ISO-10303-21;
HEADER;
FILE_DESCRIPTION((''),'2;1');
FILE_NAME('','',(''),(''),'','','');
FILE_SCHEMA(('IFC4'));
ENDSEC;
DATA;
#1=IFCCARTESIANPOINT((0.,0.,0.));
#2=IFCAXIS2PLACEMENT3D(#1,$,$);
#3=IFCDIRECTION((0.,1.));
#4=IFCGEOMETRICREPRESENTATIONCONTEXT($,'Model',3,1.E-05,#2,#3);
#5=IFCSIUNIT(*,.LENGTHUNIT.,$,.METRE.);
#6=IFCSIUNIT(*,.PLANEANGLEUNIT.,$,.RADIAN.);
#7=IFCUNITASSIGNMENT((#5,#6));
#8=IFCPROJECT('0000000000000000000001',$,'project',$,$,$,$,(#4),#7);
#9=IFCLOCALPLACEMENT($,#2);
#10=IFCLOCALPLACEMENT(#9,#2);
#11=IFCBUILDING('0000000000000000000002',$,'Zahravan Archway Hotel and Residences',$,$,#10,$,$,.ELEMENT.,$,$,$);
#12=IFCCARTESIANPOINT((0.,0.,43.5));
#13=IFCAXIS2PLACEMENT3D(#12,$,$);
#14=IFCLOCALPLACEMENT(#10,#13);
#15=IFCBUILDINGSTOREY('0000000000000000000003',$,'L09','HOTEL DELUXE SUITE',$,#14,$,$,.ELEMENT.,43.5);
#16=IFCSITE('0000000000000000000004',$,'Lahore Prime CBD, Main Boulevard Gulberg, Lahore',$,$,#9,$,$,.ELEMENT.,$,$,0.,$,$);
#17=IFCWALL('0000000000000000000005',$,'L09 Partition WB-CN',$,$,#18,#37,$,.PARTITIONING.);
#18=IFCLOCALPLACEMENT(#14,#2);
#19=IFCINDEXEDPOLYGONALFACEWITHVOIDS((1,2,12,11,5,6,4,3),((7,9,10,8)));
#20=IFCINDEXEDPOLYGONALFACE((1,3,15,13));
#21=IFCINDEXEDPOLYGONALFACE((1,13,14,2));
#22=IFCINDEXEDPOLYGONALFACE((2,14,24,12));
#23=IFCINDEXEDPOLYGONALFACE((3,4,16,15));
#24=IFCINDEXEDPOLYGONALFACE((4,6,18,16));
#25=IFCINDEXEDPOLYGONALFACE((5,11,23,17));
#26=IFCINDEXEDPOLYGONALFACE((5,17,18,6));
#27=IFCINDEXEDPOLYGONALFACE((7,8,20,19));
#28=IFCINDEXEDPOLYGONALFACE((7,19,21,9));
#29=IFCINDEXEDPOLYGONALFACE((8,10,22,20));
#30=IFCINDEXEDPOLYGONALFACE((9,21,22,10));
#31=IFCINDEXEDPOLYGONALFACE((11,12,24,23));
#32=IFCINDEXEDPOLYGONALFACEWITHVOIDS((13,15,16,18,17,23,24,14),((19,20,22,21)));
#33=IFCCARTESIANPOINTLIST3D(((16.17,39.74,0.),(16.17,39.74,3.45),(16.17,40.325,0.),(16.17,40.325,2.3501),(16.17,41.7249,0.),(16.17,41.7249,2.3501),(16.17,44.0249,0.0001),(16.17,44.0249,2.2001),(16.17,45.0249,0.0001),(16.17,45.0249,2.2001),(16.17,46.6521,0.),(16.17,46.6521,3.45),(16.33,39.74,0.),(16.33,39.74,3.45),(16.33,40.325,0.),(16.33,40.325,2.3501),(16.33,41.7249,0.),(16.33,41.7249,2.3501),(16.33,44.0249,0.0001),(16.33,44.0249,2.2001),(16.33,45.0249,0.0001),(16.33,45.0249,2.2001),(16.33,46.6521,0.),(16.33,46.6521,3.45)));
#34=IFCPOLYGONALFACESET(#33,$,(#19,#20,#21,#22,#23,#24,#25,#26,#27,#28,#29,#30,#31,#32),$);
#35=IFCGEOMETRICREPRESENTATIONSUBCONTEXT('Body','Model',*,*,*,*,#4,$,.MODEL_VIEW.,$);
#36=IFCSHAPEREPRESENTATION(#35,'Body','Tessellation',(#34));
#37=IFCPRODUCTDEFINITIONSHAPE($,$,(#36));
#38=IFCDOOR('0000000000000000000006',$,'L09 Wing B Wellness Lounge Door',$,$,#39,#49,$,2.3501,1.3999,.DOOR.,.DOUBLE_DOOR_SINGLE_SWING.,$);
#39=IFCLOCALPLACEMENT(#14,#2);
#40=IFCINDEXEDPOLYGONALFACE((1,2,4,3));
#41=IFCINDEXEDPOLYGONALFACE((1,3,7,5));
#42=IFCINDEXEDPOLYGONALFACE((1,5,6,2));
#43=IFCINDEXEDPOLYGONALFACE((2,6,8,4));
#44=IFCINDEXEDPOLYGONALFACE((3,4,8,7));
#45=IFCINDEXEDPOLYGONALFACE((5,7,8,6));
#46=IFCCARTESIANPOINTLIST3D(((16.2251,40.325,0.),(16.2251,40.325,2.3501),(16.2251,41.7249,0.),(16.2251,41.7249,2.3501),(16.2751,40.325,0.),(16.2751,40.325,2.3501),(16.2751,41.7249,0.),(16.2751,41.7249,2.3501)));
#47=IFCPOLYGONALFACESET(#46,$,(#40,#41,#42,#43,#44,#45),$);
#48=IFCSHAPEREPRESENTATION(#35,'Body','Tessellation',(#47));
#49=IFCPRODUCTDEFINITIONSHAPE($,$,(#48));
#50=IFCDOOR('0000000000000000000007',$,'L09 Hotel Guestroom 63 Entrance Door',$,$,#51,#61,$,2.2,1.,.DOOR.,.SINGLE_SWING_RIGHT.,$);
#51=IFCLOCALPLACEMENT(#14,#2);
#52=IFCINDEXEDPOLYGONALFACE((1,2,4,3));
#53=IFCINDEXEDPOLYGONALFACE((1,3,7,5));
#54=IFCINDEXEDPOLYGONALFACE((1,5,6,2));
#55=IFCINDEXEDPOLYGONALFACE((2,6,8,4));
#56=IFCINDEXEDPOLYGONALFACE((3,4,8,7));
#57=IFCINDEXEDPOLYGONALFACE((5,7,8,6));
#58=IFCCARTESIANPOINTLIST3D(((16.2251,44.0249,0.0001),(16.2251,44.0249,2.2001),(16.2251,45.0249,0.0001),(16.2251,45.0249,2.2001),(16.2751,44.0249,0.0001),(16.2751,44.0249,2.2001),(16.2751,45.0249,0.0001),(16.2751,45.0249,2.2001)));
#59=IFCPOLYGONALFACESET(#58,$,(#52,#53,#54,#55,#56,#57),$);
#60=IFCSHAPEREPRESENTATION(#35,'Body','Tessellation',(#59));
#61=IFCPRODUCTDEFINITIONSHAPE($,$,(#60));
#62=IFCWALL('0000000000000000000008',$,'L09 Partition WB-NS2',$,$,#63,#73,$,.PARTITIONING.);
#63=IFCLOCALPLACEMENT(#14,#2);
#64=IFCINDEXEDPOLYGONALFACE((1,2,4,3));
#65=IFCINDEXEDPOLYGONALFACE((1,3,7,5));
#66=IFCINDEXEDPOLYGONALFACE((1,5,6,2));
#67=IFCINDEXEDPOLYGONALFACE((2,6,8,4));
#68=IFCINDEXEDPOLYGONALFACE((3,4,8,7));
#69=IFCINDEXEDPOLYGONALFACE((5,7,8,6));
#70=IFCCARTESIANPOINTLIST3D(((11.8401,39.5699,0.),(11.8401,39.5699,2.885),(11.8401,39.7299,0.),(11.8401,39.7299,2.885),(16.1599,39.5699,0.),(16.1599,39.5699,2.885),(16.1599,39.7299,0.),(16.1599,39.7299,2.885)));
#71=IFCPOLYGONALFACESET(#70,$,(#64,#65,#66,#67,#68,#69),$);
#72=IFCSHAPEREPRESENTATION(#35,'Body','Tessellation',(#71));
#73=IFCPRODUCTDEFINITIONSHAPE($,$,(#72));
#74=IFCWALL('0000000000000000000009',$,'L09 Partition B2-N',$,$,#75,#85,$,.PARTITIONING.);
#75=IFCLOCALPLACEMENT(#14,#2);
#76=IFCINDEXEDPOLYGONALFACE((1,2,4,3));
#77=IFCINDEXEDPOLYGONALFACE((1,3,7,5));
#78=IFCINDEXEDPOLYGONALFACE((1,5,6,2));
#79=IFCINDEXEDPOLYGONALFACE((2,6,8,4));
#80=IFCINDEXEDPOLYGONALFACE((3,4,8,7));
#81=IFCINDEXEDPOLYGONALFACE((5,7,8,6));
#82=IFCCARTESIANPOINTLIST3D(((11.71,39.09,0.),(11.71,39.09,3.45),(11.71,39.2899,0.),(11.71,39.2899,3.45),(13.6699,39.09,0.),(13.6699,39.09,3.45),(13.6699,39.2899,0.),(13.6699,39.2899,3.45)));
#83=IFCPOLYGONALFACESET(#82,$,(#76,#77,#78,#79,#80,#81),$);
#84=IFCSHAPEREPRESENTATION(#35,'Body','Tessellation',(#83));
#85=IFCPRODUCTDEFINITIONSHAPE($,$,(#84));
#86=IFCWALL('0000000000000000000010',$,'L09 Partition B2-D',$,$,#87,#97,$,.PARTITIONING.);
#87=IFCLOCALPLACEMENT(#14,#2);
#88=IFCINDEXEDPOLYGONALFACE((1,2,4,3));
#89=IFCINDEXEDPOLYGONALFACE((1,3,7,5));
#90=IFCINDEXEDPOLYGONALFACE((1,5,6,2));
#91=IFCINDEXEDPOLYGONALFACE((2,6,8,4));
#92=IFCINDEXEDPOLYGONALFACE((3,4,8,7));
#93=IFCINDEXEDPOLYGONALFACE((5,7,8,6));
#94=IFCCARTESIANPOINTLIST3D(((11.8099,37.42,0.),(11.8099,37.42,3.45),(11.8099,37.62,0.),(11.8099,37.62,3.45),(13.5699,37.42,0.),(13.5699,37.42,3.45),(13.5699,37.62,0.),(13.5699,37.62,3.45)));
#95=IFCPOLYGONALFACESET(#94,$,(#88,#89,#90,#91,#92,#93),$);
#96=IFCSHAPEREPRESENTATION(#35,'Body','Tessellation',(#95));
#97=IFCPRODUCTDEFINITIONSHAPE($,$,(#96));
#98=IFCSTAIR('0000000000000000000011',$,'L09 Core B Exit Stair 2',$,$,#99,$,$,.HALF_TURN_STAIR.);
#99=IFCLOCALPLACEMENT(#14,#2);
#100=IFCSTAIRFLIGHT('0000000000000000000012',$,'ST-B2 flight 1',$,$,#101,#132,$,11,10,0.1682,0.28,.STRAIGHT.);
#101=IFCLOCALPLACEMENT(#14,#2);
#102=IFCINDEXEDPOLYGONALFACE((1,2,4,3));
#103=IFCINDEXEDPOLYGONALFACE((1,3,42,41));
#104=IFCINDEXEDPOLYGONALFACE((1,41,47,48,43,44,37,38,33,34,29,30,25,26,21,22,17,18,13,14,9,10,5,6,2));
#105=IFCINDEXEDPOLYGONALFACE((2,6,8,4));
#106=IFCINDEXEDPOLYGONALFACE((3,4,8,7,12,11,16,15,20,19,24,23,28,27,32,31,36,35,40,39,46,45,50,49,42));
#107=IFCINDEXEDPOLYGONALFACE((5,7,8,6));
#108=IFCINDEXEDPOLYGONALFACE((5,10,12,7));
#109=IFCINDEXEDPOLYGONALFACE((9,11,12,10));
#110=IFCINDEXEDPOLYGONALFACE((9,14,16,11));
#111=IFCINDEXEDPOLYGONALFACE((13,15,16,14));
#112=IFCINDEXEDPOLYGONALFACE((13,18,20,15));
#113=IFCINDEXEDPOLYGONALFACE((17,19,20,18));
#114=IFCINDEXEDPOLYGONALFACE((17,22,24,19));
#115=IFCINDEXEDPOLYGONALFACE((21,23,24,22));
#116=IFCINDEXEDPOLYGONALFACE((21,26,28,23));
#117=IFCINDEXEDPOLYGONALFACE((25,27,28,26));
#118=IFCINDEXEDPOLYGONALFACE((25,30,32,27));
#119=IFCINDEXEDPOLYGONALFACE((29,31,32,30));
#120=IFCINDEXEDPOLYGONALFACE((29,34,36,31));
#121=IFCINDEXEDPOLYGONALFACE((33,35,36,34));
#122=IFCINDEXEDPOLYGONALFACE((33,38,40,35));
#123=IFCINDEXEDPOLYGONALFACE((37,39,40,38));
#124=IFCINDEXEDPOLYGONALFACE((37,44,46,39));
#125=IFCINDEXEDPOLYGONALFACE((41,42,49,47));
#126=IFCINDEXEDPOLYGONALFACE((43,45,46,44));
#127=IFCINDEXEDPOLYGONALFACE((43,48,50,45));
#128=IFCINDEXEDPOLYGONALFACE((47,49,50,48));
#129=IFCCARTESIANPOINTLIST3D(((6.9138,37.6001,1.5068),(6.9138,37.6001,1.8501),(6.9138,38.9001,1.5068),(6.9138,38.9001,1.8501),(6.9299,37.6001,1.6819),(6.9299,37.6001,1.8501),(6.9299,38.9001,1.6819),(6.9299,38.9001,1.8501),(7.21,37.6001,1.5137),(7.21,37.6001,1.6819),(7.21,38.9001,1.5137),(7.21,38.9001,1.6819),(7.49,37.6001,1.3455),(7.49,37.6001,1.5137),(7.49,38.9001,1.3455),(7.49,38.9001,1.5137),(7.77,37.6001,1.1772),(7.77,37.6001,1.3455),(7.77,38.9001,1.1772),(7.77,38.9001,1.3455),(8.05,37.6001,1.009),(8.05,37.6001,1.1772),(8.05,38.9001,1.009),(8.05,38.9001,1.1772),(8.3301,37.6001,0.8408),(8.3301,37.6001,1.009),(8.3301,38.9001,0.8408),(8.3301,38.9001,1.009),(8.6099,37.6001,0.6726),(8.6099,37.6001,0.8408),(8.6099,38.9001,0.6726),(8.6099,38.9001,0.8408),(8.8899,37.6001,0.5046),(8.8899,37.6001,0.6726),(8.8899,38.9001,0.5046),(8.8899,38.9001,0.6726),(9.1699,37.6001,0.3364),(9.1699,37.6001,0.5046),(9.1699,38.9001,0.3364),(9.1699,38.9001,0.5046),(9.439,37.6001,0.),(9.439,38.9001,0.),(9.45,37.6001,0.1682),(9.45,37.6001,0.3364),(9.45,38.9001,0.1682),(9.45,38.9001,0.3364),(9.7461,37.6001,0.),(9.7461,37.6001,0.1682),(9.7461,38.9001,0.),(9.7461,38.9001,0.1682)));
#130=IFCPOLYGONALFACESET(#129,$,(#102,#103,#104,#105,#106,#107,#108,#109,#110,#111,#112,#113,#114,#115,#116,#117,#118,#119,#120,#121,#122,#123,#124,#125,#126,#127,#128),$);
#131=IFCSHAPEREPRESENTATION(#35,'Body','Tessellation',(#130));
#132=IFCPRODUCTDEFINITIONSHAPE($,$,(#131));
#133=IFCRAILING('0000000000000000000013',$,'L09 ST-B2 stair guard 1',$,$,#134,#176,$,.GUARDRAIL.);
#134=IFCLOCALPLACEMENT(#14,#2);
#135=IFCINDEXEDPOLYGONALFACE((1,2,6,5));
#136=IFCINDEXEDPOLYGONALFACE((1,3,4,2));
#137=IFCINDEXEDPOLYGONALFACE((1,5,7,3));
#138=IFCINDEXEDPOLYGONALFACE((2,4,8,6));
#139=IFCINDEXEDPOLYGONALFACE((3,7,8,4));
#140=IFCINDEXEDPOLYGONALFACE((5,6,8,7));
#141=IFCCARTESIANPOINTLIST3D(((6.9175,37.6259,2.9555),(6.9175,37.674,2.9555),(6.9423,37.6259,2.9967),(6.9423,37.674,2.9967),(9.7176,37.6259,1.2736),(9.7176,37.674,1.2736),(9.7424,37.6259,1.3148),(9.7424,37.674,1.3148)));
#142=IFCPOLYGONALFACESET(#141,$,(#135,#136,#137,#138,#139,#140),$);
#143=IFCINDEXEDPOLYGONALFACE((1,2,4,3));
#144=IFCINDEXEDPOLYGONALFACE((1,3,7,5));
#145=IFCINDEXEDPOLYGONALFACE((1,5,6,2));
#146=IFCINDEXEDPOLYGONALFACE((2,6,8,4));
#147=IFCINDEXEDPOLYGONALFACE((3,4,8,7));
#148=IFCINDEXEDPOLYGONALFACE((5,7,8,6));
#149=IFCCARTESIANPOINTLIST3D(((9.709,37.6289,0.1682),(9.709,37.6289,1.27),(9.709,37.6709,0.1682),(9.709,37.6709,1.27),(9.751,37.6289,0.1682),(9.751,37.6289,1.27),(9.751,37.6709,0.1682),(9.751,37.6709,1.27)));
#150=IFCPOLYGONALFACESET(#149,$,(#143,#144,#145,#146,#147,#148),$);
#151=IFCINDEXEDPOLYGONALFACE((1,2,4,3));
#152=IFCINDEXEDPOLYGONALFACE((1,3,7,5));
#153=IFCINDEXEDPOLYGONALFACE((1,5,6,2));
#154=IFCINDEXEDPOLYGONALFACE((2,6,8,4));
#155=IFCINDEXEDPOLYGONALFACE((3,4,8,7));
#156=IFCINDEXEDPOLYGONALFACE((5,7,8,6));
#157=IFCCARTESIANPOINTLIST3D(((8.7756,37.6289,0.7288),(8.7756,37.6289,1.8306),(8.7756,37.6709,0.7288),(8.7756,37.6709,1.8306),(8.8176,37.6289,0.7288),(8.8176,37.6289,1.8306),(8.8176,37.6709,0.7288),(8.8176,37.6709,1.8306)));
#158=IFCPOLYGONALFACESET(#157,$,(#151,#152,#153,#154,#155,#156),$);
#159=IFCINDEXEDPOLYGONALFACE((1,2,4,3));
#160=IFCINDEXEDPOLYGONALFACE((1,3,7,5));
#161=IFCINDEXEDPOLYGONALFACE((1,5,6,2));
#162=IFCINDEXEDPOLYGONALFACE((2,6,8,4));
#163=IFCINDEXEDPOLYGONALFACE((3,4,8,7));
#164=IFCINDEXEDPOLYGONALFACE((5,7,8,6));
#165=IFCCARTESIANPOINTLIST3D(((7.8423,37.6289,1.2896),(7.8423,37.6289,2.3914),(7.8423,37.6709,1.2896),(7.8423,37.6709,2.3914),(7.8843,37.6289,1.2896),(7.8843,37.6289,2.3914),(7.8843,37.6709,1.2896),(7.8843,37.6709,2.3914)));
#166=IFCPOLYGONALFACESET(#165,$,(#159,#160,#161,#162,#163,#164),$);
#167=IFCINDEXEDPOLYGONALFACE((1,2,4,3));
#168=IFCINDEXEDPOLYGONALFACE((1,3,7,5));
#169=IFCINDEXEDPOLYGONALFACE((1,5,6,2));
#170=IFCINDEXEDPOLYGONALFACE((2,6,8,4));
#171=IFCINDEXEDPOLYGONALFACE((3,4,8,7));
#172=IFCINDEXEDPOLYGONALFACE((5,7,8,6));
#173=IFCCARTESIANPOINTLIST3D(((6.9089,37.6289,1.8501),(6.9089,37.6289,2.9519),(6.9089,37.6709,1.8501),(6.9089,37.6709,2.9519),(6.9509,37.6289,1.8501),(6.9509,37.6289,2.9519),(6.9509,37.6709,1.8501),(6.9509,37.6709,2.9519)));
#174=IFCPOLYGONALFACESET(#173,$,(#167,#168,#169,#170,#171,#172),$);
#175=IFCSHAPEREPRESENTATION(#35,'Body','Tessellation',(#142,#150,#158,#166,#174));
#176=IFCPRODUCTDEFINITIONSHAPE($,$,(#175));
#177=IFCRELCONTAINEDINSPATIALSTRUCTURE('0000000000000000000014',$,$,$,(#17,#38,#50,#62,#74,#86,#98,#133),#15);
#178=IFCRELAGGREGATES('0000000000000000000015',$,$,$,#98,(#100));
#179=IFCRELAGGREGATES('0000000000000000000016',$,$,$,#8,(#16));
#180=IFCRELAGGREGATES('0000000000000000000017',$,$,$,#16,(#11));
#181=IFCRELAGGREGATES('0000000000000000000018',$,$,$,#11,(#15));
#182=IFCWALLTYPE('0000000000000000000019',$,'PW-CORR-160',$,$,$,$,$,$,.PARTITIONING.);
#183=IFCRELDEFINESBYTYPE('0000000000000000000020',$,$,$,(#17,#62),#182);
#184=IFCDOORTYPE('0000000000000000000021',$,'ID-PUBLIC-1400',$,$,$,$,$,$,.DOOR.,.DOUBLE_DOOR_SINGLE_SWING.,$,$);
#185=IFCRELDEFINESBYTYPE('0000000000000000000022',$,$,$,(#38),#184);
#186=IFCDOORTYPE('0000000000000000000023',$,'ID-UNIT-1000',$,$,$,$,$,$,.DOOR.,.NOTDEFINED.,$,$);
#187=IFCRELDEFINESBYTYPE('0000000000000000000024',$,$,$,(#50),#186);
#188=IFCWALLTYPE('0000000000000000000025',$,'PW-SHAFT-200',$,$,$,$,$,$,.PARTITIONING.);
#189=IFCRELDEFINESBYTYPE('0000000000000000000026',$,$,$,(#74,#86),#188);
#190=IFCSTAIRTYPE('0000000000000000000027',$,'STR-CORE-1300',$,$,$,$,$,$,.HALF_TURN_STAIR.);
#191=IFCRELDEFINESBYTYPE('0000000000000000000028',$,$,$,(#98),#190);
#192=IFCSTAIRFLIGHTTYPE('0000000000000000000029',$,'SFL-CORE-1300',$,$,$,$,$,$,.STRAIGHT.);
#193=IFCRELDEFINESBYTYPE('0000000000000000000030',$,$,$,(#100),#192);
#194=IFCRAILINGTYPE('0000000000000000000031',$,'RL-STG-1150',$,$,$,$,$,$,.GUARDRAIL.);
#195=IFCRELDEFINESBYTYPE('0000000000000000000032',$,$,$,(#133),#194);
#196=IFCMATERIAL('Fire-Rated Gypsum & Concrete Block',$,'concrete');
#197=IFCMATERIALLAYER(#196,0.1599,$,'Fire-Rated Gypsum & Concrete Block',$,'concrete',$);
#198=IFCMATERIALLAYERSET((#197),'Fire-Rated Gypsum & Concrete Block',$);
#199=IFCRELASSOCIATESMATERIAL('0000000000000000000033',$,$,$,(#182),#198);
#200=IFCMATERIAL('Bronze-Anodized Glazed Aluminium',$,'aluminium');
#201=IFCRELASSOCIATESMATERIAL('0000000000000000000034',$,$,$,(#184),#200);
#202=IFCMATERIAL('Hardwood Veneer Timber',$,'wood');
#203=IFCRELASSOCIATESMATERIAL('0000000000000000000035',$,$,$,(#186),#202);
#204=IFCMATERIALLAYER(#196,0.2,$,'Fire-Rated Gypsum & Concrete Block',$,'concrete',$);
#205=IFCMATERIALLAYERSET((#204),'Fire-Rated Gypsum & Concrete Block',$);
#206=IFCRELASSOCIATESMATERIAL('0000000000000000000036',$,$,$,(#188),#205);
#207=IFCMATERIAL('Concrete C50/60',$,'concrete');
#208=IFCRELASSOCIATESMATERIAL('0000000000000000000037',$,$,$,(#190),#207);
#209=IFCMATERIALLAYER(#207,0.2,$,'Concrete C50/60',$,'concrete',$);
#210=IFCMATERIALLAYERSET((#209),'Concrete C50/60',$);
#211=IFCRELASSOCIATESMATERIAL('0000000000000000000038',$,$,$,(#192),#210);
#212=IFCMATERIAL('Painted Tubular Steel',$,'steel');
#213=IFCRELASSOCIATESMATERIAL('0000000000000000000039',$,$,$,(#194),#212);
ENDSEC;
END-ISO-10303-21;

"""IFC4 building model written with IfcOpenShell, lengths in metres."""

from ifc_helpers import new_model, si_unit, direction, frame, frame_2d, origin, origin_2d, place, context, subcontext, project, spatial, polyline, rectangle, outline, extrude, source, transform, mapped, material, layer, layer_set, type_object, type_shapes, element, fill, aggregate, save


model = new_model("IFC4")

# Units and contexts
model_context = context("Model", 3, precision=1e-05, world=origin(), true_north=direction((0.0, 1.0)))
body_context = subcontext(model_context, "Body", "Model", "MODEL_VIEW")
ifc_project = project(units=[si_unit("LENGTHUNIT", "METRE"), si_unit("PLANEANGLEUNIT", "RADIAN")], contexts=[model_context])

# Site, building, storey
site_placement = place(None, origin())
site = spatial("IfcSite", under=ifc_project, at=site_placement, Name="Lahore Prime CBD, Main Boulevard Gulberg, Lahore", CompositionType="ELEMENT", RefElevation=0.0)
building_placement = place(site_placement, origin())
building = spatial("IfcBuilding", under=site, at=building_placement, Name="Zahravan Archway Hotel and Residences", CompositionType="ELEMENT")
storey_placement = place(building_placement, frame((0.0, 0.0, 43.5)))
storey = spatial("IfcBuildingStorey", under=building, at=storey_placement, Name="L09", Description="HOTEL DELUXE SUITE", CompositionType="ELEMENT", Elevation=43.5)

# Wall, openings, doors
ifc_material_1 = material(Name="Fire-Rated Gypsum & Concrete Block", Category="concrete")
ifc_layer_1 = layer(ifc_material_1, 0.1599, Name="Fire-Rated Gypsum & Concrete Block", Category="concrete")
ifc_layer_set_1 = layer_set([ifc_layer_1], Name="Fire-Rated Gypsum & Concrete Block")
wall_type_1 = type_object("IfcWallType", Name="PW-CORR-160", PredefinedType="PARTITIONING", material=ifc_layer_set_1)
wall_1_placement = place(storey_placement, frame((16.25, 39.74, 0.0), z_axis=(0.0, 0.0, 1.0), x_axis=(0.0, 1.0, 0.0)))
wall_1 = element("IfcWall", 1, at=wall_1_placement, inside=storey, type_object=wall_type_1, Name="L09 Partition WB-CN", PredefinedType="PARTITIONING", context=body_context, shape_type="SweptSolid", body=[
    extrude(rectangle(XDim=6.9121, YDim=0.1599, at=frame_2d((3.4561, 0.0))), origin(), (0.0, 0.0, 1.0), 3.45),
])
opening_1_placement = place(wall_1_placement, frame((0.585, 0.0, 0.0)))
opening_1 = element("IfcOpeningElement", 2, at=opening_1_placement, cuts=wall_1, PredefinedType="OPENING", context=body_context, shape_type="SweptSolid", body=[
    extrude(rectangle(XDim=1.3999, YDim=2.3501, at=frame_2d((0.7, 1.175))), frame((0.0, 0.0898, 0.0), z_axis=(0.0, -1.0, 0.0), x_axis=(1.0, 0.0, 0.0)), (0.0, 0.0, 1.0), 0.1799),
])
opening_2_placement = place(wall_1_placement, frame((4.2849, 0.0, 0.0)))
opening_2 = element("IfcOpeningElement", 3, at=opening_2_placement, cuts=wall_1, PredefinedType="OPENING", context=body_context, shape_type="SweptSolid", body=[
    extrude(rectangle(XDim=1.0, YDim=2.2, at=frame_2d((0.5, 1.1001))), frame((0.0, 0.0898, 0.0), z_axis=(0.0, -1.0, 0.0), x_axis=(1.0, 0.0, 0.0)), (0.0, 0.0, 1.0), 0.1799),
])
ifc_material_2 = material(Name="Bronze-Anodized Glazed Aluminium", Category="aluminium")
door_type_1 = type_object("IfcDoorType", Name="ID-PUBLIC-1400", OperationType="DOUBLE_DOOR_SINGLE_SWING", PredefinedType="DOOR", material=ifc_material_2)
shared_shape_1 = source(origin(), body_context, "Body", "SweptSolid", [
    extrude(rectangle(XDim=1.3999, YDim=2.3501, at=frame_2d((0.7, 1.175))), frame((0.0, 0.0249, 0.0), z_axis=(0.0, -1.0, 0.0), x_axis=(1.0, 0.0, 0.0)), (0.0, 0.0, 1.0), 0.05),
])
type_shapes(door_type_1, [shared_shape_1])
door_1_placement = place(opening_1_placement, origin())
door_1 = element("IfcDoor", 4, at=door_1_placement, inside=storey, type_object=door_type_1, Name="L09 Wing B Wellness Lounge Door", OperationType="DOUBLE_DOOR_SINGLE_SWING", OverallHeight=2.3501, OverallWidth=1.3999, PredefinedType="DOOR", context=body_context, shape_type="MappedRepresentation", body=[
    mapped(shared_shape_1, transform((0.0, 0.0, 0.0), scale=1.0)),
])
fill(opening_1, door_1)
ifc_material_3 = material(Name="Hardwood Veneer Timber", Category="wood")
door_type_2 = type_object("IfcDoorType", Name="ID-UNIT-1000", OperationType="NOTDEFINED", PredefinedType="DOOR", material=ifc_material_3)
shared_shape_2 = source(origin(), body_context, "Body", "SweptSolid", [
    extrude(rectangle(XDim=1.0, YDim=2.2, at=frame_2d((0.5, 1.1001))), frame((0.0, 0.0249, 0.0), z_axis=(0.0, -1.0, 0.0), x_axis=(1.0, 0.0, 0.0)), (0.0, 0.0, 1.0), 0.05),
])
type_shapes(door_type_2, [shared_shape_2])
door_2_placement = place(opening_2_placement, origin())
door_2 = element("IfcDoor", 5, at=door_2_placement, inside=storey, type_object=door_type_2, Name="L09 Hotel Guestroom 63 Entrance Door", OperationType="SINGLE_SWING_RIGHT", OverallHeight=2.2, OverallWidth=1.0, PredefinedType="DOOR", context=body_context, shape_type="MappedRepresentation", body=[
    mapped(shared_shape_2, transform((0.0, 0.0, 0.0), scale=1.0)),
])
fill(opening_2, door_2)

# Walls
wall_2_placement = place(storey_placement, frame((11.8401, 39.6499, 0.0), z_axis=(0.0, 0.0, 1.0), x_axis=(1.0, 0.0, 0.0)))
element("IfcWall", 6, at=wall_2_placement, inside=storey, type_object=wall_type_1, Name="L09 Partition WB-NS2", PredefinedType="PARTITIONING", context=body_context, shape_type="SweptSolid", body=[
    extrude(rectangle(XDim=4.3198, YDim=0.1599, at=frame_2d((2.1599, 0.0))), origin(), (0.0, 0.0, 1.0), 2.885),
])
ifc_layer_2 = layer(ifc_material_1, 0.2, Name="Fire-Rated Gypsum & Concrete Block", Category="concrete")
ifc_layer_set_2 = layer_set([ifc_layer_2], Name="Fire-Rated Gypsum & Concrete Block")
wall_type_2 = type_object("IfcWallType", Name="PW-SHAFT-200", PredefinedType="PARTITIONING", material=ifc_layer_set_2)
wall_3_placement = place(storey_placement, frame((11.71, 39.1899, 0.0), z_axis=(0.0, 0.0, 1.0), x_axis=(1.0, 0.0, 0.0)))
element("IfcWall", 7, at=wall_3_placement, inside=storey, type_object=wall_type_2, Name="L09 Partition B2-N", PredefinedType="PARTITIONING", context=body_context, shape_type="SweptSolid", body=[
    extrude(rectangle(XDim=1.96, YDim=0.2, at=frame_2d((0.98, 0.0))), origin(), (0.0, 0.0, 1.0), 3.45),
])
wall_4_placement = place(storey_placement, frame((11.8101, 37.52, 0.0), z_axis=(0.0, 0.0, 1.0), x_axis=(1.0, 0.0, 0.0)))
element("IfcWall", 8, at=wall_4_placement, inside=storey, type_object=wall_type_2, Name="L09 Partition B2-D", PredefinedType="PARTITIONING", context=body_context, shape_type="SweptSolid", body=[
    extrude(rectangle(XDim=1.76, YDim=0.2, at=frame_2d((0.8799, 0.0))), origin(), (0.0, 0.0, 1.0), 3.45),
])

# Stair, stair flight
ifc_material_4 = material(Name="Concrete C50/60", Category="concrete")
stair_type = type_object("IfcStairType", Name="STR-CORE-1300", PredefinedType="HALF_TURN_STAIR", material=ifc_material_4)
stair_placement = place(storey_placement, origin())
stair = element("IfcStair", 9, at=stair_placement, inside=storey, type_object=stair_type, Name="L09 Core B Exit Stair 2", PredefinedType="HALF_TURN_STAIR")
ifc_layer_3 = layer(ifc_material_4, 0.2, Name="Concrete C50/60", Category="concrete")
ifc_layer_set_3 = layer_set([ifc_layer_3], Name="Concrete C50/60")
stair_flight_type = type_object("IfcStairFlightType", Name="SFL-CORE-1300", PredefinedType="STRAIGHT", material=ifc_layer_set_3)
shared_shape_3 = source(origin(), body_context, "Body", "SweptSolid", [
    extrude(outline(polyline([(-0.0161, 0.0), (-0.0161, 0.1682), (0.28, 0.1682), (0.28, 0.3364), (0.5601, 0.3364), (0.5601, 0.5046), (0.8401, 0.5046), (0.8401, 0.6726), (1.1201, 0.6726), (1.1201, 0.8408), (1.3999, 0.8408), (1.3999, 1.009), (1.6799, 1.009), (1.6799, 1.1772), (1.96, 1.1772), (1.96, 1.3455), (2.24, 1.3455), (2.24, 1.5137), (2.52, 1.5137), (2.52, 1.6819), (2.8, 1.6819), (2.8, 1.8501), (2.8162, 1.8501), (2.8162, 1.5068), (0.291, 0.0), (-0.0161, 0.0)])), frame((0.0, 0.6499, 0.0), z_axis=(0.0, -1.0, 0.0), x_axis=(1.0, 0.0, 0.0)), (0.0, 0.0, 1.0), 1.3),
])
stair_flight_placement = place(storey_placement, frame((9.73, 38.25, 0.0), z_axis=(0.0, 0.0, 1.0), x_axis=(-1.0, 0.0, 0.0)))
stair_flight = element("IfcStairFlight", 10, at=stair_flight_placement, type_object=stair_flight_type, Name="ST-B2 flight 1", NumberOfRisers=11, NumberOfTreads=10, PredefinedType="STRAIGHT", RiserHeight=0.1682, TreadLength=0.28, context=body_context, shape_type="MappedRepresentation", body=[
    mapped(shared_shape_3, transform((0.0, 0.0, 0.0), scale=1.0)),
])
aggregate(stair, [stair_flight])

# Railing
ifc_material_5 = material(Name="Painted Tubular Steel", Category="steel")
railing_type_1 = type_object("IfcRailingType", Name="RL-STG-1150", PredefinedType="GUARDRAIL", material=ifc_material_5)
railing_1_placement = place(storey_placement, frame((9.73, 37.6499, 0.1682)))
element("IfcRailing", 11, at=railing_1_placement, inside=storey, type_object=railing_type_1, Name="L09 ST-B2 stair guard 1", PredefinedType="GUARDRAIL", context=body_context, shape_type="SweptSolid", body=[
    extrude(rectangle(XDim=0.0481, YDim=0.0481, at=origin_2d()), frame((0.0, 0.0, 1.126), z_axis=(-0.857242, 0.0, 0.514913), x_axis=(0.0, -1.0, 0.0)), (0.0, 0.0, 1.0), 3.2664),
    extrude(rectangle(XDim=0.042, YDim=0.042, at=origin_2d()), origin(), (0.0, 0.0, 1.0), 1.1018),
    extrude(rectangle(XDim=0.042, YDim=0.042, at=origin_2d()), frame((-0.9333, 0.0, 0.5605)), (0.0, 0.0, 1.0), 1.1018),
    extrude(rectangle(XDim=0.042, YDim=0.042, at=origin_2d()), frame((-1.8667, 0.0, 1.1213)), (0.0, 0.0, 1.0), 1.1018),
    extrude(rectangle(XDim=0.042, YDim=0.042, at=origin_2d()), frame((-2.8, 0.0, 1.6819)), (0.0, 0.0, 1.0), 1.1018),
])

save(model, "model.ifc")
